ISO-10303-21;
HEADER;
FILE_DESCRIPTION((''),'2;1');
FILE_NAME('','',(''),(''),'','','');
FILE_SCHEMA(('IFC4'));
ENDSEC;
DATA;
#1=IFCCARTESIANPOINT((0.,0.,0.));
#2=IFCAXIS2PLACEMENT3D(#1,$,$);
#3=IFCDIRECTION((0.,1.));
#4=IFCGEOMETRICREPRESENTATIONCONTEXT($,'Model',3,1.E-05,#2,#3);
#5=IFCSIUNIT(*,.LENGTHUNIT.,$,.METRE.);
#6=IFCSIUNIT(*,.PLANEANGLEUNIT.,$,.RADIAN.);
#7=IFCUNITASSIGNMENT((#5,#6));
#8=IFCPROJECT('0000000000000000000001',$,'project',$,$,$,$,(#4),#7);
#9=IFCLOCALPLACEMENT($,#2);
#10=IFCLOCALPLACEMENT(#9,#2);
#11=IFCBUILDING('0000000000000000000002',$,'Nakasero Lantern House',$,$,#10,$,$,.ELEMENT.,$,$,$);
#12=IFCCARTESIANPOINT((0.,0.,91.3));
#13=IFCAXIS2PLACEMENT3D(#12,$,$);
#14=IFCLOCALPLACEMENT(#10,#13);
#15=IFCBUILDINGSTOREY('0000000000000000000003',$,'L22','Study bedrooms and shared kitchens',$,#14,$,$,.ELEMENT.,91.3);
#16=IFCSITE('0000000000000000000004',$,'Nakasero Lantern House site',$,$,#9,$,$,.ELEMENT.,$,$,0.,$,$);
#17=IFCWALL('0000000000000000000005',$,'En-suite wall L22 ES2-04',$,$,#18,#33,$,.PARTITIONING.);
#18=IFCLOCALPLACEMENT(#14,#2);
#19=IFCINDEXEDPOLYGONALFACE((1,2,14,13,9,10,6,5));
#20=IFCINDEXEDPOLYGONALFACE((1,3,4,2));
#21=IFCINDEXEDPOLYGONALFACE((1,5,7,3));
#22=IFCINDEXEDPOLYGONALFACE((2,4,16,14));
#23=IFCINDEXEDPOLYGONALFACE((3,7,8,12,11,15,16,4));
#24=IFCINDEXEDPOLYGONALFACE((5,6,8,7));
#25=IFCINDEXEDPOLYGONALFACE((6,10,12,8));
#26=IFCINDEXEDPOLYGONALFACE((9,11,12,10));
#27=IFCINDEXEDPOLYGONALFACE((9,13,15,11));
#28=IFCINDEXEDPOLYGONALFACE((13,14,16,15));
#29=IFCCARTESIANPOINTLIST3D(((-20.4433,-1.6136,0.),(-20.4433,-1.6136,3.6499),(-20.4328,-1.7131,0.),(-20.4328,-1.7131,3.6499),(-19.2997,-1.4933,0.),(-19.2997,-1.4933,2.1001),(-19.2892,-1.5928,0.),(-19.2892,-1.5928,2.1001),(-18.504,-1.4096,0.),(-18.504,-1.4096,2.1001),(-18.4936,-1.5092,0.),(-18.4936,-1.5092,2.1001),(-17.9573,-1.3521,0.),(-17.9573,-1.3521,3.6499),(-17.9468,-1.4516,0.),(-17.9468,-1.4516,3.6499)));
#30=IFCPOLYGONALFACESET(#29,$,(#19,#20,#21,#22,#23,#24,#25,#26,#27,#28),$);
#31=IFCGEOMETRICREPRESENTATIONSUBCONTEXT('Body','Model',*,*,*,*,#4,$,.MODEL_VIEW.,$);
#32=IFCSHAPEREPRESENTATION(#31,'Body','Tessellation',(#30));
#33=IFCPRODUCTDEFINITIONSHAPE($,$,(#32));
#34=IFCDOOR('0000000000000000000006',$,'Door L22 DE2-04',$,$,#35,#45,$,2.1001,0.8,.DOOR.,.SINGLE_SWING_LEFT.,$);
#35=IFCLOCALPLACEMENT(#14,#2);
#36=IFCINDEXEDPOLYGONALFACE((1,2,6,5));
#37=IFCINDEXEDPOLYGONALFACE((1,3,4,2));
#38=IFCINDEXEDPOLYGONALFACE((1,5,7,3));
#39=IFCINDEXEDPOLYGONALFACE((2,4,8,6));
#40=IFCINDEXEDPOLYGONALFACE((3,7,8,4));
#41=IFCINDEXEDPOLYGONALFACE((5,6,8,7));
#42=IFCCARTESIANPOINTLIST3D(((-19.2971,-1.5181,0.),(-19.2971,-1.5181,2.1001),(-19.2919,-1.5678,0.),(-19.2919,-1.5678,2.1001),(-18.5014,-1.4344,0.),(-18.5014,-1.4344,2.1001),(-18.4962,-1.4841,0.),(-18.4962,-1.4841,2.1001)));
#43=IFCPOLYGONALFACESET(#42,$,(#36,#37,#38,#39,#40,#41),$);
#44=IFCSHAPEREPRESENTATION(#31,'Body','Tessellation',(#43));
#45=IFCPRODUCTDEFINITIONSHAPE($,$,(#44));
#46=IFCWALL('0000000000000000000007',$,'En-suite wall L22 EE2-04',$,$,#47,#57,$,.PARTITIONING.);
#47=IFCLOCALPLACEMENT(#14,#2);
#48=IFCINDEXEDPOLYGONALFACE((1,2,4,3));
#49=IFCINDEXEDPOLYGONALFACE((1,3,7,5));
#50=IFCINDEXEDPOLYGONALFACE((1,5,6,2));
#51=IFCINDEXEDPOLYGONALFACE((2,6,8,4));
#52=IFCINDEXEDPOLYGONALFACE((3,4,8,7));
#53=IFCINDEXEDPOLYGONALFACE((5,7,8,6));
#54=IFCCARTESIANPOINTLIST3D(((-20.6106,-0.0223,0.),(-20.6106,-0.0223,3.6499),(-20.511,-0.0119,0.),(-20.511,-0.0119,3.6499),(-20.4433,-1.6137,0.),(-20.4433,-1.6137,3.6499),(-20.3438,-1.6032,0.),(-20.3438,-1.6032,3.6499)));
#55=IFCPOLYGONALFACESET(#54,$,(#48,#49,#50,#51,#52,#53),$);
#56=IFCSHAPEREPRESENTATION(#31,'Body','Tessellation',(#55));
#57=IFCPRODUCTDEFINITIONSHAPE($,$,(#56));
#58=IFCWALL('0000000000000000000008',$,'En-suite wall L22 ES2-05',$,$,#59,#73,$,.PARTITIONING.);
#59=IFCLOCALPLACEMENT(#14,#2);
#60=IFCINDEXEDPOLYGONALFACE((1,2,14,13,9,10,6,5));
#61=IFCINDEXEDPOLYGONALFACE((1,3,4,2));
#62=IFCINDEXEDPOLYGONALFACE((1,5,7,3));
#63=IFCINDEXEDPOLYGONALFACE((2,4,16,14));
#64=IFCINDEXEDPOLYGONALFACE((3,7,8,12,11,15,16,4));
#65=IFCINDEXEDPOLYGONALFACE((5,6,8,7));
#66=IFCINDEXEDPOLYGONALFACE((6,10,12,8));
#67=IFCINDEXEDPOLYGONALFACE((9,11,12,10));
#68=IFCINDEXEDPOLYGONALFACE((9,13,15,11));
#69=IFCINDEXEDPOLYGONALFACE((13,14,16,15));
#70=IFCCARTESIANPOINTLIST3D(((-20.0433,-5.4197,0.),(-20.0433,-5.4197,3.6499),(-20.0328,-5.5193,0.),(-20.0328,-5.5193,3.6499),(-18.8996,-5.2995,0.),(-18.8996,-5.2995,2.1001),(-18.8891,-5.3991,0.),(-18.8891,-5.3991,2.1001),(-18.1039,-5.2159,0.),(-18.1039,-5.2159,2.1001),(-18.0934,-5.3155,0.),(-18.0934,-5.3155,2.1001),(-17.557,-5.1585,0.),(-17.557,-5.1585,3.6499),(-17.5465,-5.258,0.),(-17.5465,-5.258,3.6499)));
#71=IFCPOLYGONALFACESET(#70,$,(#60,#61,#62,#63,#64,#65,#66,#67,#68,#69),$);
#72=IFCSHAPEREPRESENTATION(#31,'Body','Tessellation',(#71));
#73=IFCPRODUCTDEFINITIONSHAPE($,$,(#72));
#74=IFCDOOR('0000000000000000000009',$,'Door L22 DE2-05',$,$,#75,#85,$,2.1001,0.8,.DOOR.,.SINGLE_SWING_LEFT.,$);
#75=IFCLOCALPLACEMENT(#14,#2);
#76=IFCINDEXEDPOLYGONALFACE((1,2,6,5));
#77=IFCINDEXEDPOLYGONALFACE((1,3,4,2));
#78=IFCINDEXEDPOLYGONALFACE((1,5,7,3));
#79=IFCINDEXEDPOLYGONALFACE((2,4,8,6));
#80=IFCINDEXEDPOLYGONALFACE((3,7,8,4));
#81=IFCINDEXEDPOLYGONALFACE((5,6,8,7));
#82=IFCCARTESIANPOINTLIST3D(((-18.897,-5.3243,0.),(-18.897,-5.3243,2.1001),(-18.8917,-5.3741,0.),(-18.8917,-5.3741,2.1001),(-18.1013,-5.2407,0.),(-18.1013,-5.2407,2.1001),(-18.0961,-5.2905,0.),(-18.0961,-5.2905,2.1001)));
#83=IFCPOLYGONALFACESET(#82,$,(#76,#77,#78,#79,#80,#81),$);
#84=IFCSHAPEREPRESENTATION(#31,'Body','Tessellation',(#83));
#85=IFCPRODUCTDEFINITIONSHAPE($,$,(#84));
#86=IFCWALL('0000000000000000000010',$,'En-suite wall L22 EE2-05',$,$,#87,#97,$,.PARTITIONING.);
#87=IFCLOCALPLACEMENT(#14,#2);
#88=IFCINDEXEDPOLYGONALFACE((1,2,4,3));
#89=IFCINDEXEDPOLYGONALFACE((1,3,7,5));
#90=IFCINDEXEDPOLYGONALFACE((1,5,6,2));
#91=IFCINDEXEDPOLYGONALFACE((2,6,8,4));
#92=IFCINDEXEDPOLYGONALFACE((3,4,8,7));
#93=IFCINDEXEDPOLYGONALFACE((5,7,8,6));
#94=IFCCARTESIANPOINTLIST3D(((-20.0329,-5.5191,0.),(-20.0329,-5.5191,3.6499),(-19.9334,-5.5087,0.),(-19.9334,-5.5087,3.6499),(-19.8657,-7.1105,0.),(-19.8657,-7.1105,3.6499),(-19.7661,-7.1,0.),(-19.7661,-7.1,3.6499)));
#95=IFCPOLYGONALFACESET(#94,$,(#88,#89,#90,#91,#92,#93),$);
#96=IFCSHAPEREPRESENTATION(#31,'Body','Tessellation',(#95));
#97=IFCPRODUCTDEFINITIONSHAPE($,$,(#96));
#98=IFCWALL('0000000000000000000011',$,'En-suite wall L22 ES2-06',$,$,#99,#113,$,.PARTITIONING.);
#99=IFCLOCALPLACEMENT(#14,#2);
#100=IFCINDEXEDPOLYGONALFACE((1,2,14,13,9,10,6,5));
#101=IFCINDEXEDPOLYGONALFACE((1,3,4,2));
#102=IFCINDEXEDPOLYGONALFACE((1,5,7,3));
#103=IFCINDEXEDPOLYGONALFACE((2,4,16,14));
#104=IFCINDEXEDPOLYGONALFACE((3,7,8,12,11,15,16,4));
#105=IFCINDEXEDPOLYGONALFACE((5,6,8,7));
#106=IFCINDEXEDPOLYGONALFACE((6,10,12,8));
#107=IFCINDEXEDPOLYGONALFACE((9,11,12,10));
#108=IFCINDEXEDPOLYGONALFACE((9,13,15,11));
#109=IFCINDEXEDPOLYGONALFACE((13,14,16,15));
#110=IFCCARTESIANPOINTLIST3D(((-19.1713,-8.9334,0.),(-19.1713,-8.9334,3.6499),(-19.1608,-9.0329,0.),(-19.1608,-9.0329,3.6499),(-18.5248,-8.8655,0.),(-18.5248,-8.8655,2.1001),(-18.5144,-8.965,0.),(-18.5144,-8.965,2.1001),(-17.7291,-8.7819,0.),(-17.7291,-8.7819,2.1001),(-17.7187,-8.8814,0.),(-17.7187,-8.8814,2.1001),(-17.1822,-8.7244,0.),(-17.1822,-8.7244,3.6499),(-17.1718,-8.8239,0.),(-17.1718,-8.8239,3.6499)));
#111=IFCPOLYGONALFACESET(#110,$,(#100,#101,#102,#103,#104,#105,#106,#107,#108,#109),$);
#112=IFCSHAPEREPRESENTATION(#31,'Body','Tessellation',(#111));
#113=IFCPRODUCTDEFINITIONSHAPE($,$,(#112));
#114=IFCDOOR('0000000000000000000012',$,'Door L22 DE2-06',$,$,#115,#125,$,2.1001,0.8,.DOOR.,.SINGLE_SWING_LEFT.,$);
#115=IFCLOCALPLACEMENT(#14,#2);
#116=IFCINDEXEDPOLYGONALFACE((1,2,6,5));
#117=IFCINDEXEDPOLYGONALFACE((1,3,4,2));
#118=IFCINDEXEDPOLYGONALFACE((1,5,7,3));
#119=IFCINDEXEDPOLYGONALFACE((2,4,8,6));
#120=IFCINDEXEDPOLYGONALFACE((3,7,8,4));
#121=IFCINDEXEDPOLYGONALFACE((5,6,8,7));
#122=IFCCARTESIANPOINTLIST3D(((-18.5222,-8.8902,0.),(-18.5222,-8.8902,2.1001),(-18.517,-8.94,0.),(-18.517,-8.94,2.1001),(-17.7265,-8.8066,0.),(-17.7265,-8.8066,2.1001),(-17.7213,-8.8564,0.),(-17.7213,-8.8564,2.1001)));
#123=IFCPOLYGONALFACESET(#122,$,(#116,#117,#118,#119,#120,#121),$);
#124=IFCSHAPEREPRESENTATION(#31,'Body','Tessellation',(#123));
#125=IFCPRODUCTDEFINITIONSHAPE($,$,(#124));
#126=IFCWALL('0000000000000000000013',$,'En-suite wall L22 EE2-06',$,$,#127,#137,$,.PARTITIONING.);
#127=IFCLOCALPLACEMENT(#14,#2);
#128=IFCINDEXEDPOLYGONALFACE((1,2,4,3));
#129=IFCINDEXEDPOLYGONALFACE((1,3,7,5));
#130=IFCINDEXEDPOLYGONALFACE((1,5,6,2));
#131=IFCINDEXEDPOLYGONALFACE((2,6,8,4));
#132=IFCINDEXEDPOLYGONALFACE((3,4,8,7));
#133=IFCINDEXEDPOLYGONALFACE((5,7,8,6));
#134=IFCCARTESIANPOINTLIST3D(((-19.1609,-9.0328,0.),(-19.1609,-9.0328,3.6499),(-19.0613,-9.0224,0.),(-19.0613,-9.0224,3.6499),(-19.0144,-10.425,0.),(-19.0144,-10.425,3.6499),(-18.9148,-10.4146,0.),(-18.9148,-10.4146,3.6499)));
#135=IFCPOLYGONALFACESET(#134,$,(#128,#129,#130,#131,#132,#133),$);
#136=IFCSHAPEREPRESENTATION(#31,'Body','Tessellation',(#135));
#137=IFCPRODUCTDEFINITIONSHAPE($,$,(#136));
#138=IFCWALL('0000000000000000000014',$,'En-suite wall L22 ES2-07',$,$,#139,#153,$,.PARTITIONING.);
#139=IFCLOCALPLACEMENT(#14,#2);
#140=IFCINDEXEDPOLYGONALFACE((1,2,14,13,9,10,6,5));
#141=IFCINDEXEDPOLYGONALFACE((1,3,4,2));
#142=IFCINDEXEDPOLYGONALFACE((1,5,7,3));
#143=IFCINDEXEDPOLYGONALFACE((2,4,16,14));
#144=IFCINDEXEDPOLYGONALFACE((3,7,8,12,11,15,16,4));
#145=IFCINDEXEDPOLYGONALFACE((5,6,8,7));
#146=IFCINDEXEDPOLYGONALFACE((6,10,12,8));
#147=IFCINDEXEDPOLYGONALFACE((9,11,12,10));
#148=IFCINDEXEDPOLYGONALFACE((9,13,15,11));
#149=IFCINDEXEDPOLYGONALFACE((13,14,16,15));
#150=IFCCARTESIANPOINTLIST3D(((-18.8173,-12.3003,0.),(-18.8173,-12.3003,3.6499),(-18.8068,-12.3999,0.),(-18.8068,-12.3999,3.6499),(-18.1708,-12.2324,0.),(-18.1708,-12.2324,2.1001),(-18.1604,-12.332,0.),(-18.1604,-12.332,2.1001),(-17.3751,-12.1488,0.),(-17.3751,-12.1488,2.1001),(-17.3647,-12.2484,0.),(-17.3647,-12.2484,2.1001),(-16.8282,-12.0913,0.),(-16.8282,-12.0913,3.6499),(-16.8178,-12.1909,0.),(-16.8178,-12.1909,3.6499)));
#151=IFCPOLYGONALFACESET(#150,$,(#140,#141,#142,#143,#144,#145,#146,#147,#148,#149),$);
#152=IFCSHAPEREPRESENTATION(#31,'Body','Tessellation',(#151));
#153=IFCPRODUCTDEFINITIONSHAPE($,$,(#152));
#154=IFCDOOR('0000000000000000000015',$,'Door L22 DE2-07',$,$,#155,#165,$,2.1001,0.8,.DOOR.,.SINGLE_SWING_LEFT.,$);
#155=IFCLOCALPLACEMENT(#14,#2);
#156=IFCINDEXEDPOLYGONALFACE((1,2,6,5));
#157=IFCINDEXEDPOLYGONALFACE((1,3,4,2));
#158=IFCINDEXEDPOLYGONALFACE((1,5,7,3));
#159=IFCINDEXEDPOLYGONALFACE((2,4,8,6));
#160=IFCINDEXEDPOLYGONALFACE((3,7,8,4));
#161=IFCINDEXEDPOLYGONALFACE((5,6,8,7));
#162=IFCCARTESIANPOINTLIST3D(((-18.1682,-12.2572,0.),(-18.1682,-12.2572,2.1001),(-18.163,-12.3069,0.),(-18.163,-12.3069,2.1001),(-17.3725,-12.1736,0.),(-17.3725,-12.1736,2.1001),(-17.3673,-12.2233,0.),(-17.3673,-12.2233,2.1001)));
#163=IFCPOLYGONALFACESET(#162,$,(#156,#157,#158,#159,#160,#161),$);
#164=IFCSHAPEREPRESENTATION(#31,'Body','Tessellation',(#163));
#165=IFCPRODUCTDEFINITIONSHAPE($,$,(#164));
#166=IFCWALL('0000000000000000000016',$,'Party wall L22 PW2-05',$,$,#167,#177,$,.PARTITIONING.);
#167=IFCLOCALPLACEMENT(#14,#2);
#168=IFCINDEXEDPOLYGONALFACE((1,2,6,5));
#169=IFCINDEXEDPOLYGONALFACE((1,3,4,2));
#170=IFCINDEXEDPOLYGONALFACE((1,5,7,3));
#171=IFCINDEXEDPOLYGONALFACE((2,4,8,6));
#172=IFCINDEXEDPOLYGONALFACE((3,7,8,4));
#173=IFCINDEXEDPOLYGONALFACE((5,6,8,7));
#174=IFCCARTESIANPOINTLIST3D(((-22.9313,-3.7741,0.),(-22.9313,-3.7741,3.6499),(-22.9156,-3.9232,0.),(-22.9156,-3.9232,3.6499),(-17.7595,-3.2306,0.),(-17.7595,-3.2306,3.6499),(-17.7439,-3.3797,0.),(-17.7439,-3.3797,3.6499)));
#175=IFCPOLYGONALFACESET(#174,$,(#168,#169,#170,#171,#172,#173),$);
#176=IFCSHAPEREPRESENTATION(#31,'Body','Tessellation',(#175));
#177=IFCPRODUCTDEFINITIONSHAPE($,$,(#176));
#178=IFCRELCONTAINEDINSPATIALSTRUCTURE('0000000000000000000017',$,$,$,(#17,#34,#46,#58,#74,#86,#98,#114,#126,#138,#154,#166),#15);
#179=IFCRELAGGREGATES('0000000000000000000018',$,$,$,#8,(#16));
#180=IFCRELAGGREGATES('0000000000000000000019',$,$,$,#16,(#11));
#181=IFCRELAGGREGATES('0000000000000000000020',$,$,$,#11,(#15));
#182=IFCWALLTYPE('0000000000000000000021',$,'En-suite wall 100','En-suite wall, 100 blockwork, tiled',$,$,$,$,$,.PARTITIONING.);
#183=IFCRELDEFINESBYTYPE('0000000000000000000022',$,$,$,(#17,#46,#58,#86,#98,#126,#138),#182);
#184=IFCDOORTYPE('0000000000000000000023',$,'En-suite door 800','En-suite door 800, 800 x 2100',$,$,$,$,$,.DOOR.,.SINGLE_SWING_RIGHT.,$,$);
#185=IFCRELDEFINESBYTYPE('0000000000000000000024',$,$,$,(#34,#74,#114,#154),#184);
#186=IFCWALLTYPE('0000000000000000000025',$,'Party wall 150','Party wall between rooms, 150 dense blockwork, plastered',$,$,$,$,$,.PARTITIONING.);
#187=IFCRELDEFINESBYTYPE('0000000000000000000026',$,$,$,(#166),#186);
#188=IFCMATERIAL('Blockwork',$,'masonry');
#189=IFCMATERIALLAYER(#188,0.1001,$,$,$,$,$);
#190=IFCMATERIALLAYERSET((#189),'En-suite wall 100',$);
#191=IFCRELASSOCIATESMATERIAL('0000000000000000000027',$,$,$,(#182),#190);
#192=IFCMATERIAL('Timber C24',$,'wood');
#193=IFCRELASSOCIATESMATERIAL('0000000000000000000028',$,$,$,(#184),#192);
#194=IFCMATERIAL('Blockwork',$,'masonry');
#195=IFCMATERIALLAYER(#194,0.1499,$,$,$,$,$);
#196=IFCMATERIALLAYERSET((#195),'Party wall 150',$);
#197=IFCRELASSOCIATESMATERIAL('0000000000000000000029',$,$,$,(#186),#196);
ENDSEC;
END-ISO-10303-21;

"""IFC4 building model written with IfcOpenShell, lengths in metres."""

from ifc_helpers import new_model, si_unit, direction, frame, frame_2d, origin, place, context, subcontext, project, spatial, rectangle, extrude, material, layer, layer_set, type_object, element, fill, save


model = new_model("IFC4")

# Units and contexts
model_context = context("Model", 3, precision=1e-05, world=origin(), true_north=direction((0.0, 1.0)))
body_context = subcontext(model_context, "Body", "Model", "MODEL_VIEW")
ifc_project = project(units=[si_unit("LENGTHUNIT", "METRE"), si_unit("PLANEANGLEUNIT", "RADIAN")], contexts=[model_context])

# Site, building, storey
site_placement = place(None, origin())
site = spatial("IfcSite", under=ifc_project, at=site_placement, Name="Nakasero Lantern House site", CompositionType="ELEMENT", RefElevation=0.0)
building_placement = place(site_placement, origin())
building = spatial("IfcBuilding", under=site, at=building_placement, Name="Nakasero Lantern House", CompositionType="ELEMENT")
storey_placement = place(building_placement, frame((0.0, 0.0, 91.3)))
storey = spatial("IfcBuildingStorey", under=building, at=storey_placement, Name="L22", Description="Study bedrooms and shared kitchens", CompositionType="ELEMENT", Elevation=91.3)

# Wall, opening, door
ifc_material_1 = material(Name="Blockwork", Category="masonry")
ifc_layer_1 = layer(ifc_material_1, 0.1001)
ifc_layer_set_1 = layer_set([ifc_layer_1], Name="En-suite wall 100")
wall_type_1 = type_object("IfcWallType", Name="En-suite wall 100", Description="En-suite wall, 100 blockwork, tiled", PredefinedType="PARTITIONING", material=ifc_layer_set_1)
wall_1_placement = place(storey_placement, frame((-17.9519, -1.4019, 0.0), z_axis=(0.0, 0.0, 1.0), x_axis=(-0.994515, -0.104598, 0.0)))
wall_1 = element("IfcWall", 1, at=wall_1_placement, inside=storey, type_object=wall_type_1, Name="En-suite wall L22 ES2-04", PredefinedType="PARTITIONING", context=body_context, shape_type="SweptSolid", body=[
    extrude(rectangle(XDim=2.4998, YDim=0.1001, at=frame_2d((1.25, 0.0))), origin(), (0.0, 0.0, 1.0), 3.6499),
])
opening_1_placement = place(wall_1_placement, frame((0.55, 0.0, 0.0)))
opening_1 = element("IfcOpeningElement", 2, at=opening_1_placement, cuts=wall_1, PredefinedType="OPENING", context=body_context, shape_type="SweptSolid", body=[
    extrude(rectangle(XDim=0.8, YDim=2.1001, at=frame_2d((0.3999, 1.05))), frame((0.0, 0.0701, 0.0), z_axis=(0.0, -1.0, 0.0), x_axis=(1.0, 0.0, 0.0)), (0.0, 0.0, 1.0), 0.1401),
])
ifc_material_2 = material(Name="Timber C24", Category="wood")
door_type = type_object("IfcDoorType", Name="En-suite door 800", Description="En-suite door 800, 800 x 2100", OperationType="SINGLE_SWING_RIGHT", PredefinedType="DOOR", material=ifc_material_2)
door_1_placement = place(opening_1_placement, origin())
door_1 = element("IfcDoor", 3, at=door_1_placement, inside=storey, type_object=door_type, Name="Door L22 DE2-04", OperationType="SINGLE_SWING_LEFT", OverallHeight=2.1001, OverallWidth=0.8, PredefinedType="DOOR", context=body_context, shape_type="SweptSolid", body=[
    extrude(rectangle(XDim=0.8, YDim=2.1001, at=frame_2d((0.3999, 1.05))), frame((0.0, 0.0249, 0.0), z_axis=(0.0, -1.0, 0.0), x_axis=(1.0, 0.0, 0.0)), (0.0, 0.0, 1.0), 0.05),
])
fill(opening_1, door_1)

# Wall
wall_2_placement = place(storey_placement, frame((-20.5608, -0.0171, 0.0), z_axis=(0.0, 0.0, 1.0), x_axis=(0.104518, -0.994523, 0.0)))
element("IfcWall", 4, at=wall_2_placement, inside=storey, type_object=wall_type_1, Name="En-suite wall L22 EE2-04", PredefinedType="PARTITIONING", context=body_context, shape_type="SweptSolid", body=[
    extrude(rectangle(XDim=1.6001, YDim=0.1001, at=frame_2d((0.8, 0.0))), origin(), (0.0, 0.0, 1.0), 3.6499),
])

# Wall, opening, door
wall_3_placement = place(storey_placement, frame((-17.5518, -5.2083, 0.0), z_axis=(0.0, 0.0, 1.0), x_axis=(-0.994526, -0.104492, 0.0)))
wall_3 = element("IfcWall", 5, at=wall_3_placement, inside=storey, type_object=wall_type_1, Name="En-suite wall L22 ES2-05", PredefinedType="PARTITIONING", context=body_context, shape_type="SweptSolid", body=[
    extrude(rectangle(XDim=2.5, YDim=0.1001, at=frame_2d((1.25, 0.0))), origin(), (0.0, 0.0, 1.0), 3.6499),
])
opening_2_placement = place(wall_3_placement, frame((0.55, 0.0, 0.0)))
opening_2 = element("IfcOpeningElement", 6, at=opening_2_placement, cuts=wall_3, PredefinedType="OPENING", context=body_context, shape_type="SweptSolid", body=[
    extrude(rectangle(XDim=0.8, YDim=2.1001, at=frame_2d((0.3999, 1.05))), frame((0.0, 0.0701, 0.0), z_axis=(0.0, -1.0, 0.0), x_axis=(1.0, 0.0, 0.0)), (0.0, 0.0, 1.0), 0.1401),
])
door_2_placement = place(opening_2_placement, origin())
door_2 = element("IfcDoor", 7, at=door_2_placement, inside=storey, type_object=door_type, Name="Door L22 DE2-05", OperationType="SINGLE_SWING_LEFT", OverallHeight=2.1001, OverallWidth=0.8, PredefinedType="DOOR", context=body_context, shape_type="SweptSolid", body=[
    extrude(rectangle(XDim=0.8, YDim=2.1001, at=frame_2d((0.3999, 1.05))), frame((0.0, 0.0249, 0.0), z_axis=(0.0, -1.0, 0.0), x_axis=(1.0, 0.0, 0.0)), (0.0, 0.0, 1.0), 0.05),
])
fill(opening_2, door_2)

# Wall
wall_4_placement = place(storey_placement, frame((-19.9832, -5.5139, 0.0), z_axis=(0.0, 0.0, 1.0), x_axis=(0.104518, -0.994523, 0.0)))
element("IfcWall", 8, at=wall_4_placement, inside=storey, type_object=wall_type_1, Name="En-suite wall L22 EE2-05", PredefinedType="PARTITIONING", context=body_context, shape_type="SweptSolid", body=[
    extrude(rectangle(XDim=1.6001, YDim=0.1001, at=frame_2d((0.8, 0.0))), origin(), (0.0, 0.0, 1.0), 3.6499),
])

# Wall, opening, door
wall_5_placement = place(storey_placement, frame((-17.177, -8.7742, 0.0), z_axis=(0.0, 0.0, 1.0), x_axis=(-0.994526, -0.104494, 0.0)))
wall_5 = element("IfcWall", 9, at=wall_5_placement, inside=storey, type_object=wall_type_1, Name="En-suite wall L22 ES2-06", PredefinedType="PARTITIONING", context=body_context, shape_type="SweptSolid", body=[
    extrude(rectangle(XDim=2.0, YDim=0.1001, at=frame_2d((1.0, 0.0))), origin(), (0.0, 0.0, 1.0), 3.6499),
])
opening_3_placement = place(wall_5_placement, frame((0.55, 0.0, 0.0)))
opening_3 = element("IfcOpeningElement", 10, at=opening_3_placement, cuts=wall_5, PredefinedType="OPENING", context=body_context, shape_type="SweptSolid", body=[
    extrude(rectangle(XDim=0.8, YDim=2.1001, at=frame_2d((0.3999, 1.05))), frame((0.0, 0.0701, 0.0), z_axis=(0.0, -1.0, 0.0), x_axis=(1.0, 0.0, 0.0)), (0.0, 0.0, 1.0), 0.1401),
])
door_3_placement = place(opening_3_placement, origin())
door_3 = element("IfcDoor", 11, at=door_3_placement, inside=storey, type_object=door_type, Name="Door L22 DE2-06", OperationType="SINGLE_SWING_LEFT", OverallHeight=2.1001, OverallWidth=0.8, PredefinedType="DOOR", context=body_context, shape_type="SweptSolid", body=[
    extrude(rectangle(XDim=0.8, YDim=2.1001, at=frame_2d((0.3999, 1.05))), frame((0.0, 0.0249, 0.0), z_axis=(0.0, -1.0, 0.0), x_axis=(1.0, 0.0, 0.0)), (0.0, 0.0, 1.0), 0.05),
])
fill(opening_3, door_3)

# Wall
wall_6_placement = place(storey_placement, frame((-19.1111, -9.0276, 0.0), z_axis=(0.0, 0.0, 1.0), x_axis=(0.10463, -0.994511, 0.0)))
element("IfcWall", 12, at=wall_6_placement, inside=storey, type_object=wall_type_1, Name="En-suite wall L22 EE2-06", PredefinedType="PARTITIONING", context=body_context, shape_type="SweptSolid", body=[
    extrude(rectangle(XDim=1.3999, YDim=0.1001, at=frame_2d((0.7, 0.0))), origin(), (0.0, 0.0, 1.0), 3.6499),
])

# Wall, opening, door
wall_7_placement = place(storey_placement, frame((-16.823, -12.1411, 0.0), z_axis=(0.0, 0.0, 1.0), x_axis=(-0.994526, -0.104494, 0.0)))
wall_7 = element("IfcWall", 13, at=wall_7_placement, inside=storey, type_object=wall_type_1, Name="En-suite wall L22 ES2-07", PredefinedType="PARTITIONING", context=body_context, shape_type="SweptSolid", body=[
    extrude(rectangle(XDim=2.0, YDim=0.1001, at=frame_2d((1.0, 0.0))), origin(), (0.0, 0.0, 1.0), 3.6499),
])
opening_4_placement = place(wall_7_placement, frame((0.55, 0.0, 0.0)))
opening_4 = element("IfcOpeningElement", 14, at=opening_4_placement, cuts=wall_7, PredefinedType="OPENING", context=body_context, shape_type="SweptSolid", body=[
    extrude(rectangle(XDim=0.8, YDim=2.1001, at=frame_2d((0.3999, 1.05))), frame((0.0, 0.0701, 0.0), z_axis=(0.0, -1.0, 0.0), x_axis=(1.0, 0.0, 0.0)), (0.0, 0.0, 1.0), 0.1401),
])
door_4_placement = place(opening_4_placement, origin())
door_4 = element("IfcDoor", 15, at=door_4_placement, inside=storey, type_object=door_type, Name="Door L22 DE2-07", OperationType="SINGLE_SWING_LEFT", OverallHeight=2.1001, OverallWidth=0.8, PredefinedType="DOOR", context=body_context, shape_type="SweptSolid", body=[
    extrude(rectangle(XDim=0.8, YDim=2.1001, at=frame_2d((0.3999, 1.05))), frame((0.0, 0.0249, 0.0), z_axis=(0.0, -1.0, 0.0), x_axis=(1.0, 0.0, 0.0)), (0.0, 0.0, 1.0), 0.05),
])
fill(opening_4, door_4)

# Wall
ifc_material_3 = material(Name="Blockwork", Category="masonry")
ifc_layer_2 = layer(ifc_material_3, 0.1499)
ifc_layer_set_2 = layer_set([ifc_layer_2], Name="Party wall 150")
wall_type_2 = type_object("IfcWallType", Name="Party wall 150", Description="Party wall between rooms, 150 dense blockwork, plastered", PredefinedType="PARTITIONING", material=ifc_layer_set_2)
wall_8_placement = place(storey_placement, frame((-17.7517, -3.3052, 0.0), z_axis=(0.0, 0.0, 1.0), x_axis=(-0.994524, -0.104509, 0.0)))
element("IfcWall", 16, at=wall_8_placement, inside=storey, type_object=wall_type_2, Name="Party wall L22 PW2-05", PredefinedType="PARTITIONING", context=body_context, shape_type="SweptSolid", body=[
    extrude(rectangle(XDim=5.2002, YDim=0.1499, at=frame_2d((2.6001, 0.0))), origin(), (0.0, 0.0, 1.0), 3.6499),
])

save(model, "model.ifc")
